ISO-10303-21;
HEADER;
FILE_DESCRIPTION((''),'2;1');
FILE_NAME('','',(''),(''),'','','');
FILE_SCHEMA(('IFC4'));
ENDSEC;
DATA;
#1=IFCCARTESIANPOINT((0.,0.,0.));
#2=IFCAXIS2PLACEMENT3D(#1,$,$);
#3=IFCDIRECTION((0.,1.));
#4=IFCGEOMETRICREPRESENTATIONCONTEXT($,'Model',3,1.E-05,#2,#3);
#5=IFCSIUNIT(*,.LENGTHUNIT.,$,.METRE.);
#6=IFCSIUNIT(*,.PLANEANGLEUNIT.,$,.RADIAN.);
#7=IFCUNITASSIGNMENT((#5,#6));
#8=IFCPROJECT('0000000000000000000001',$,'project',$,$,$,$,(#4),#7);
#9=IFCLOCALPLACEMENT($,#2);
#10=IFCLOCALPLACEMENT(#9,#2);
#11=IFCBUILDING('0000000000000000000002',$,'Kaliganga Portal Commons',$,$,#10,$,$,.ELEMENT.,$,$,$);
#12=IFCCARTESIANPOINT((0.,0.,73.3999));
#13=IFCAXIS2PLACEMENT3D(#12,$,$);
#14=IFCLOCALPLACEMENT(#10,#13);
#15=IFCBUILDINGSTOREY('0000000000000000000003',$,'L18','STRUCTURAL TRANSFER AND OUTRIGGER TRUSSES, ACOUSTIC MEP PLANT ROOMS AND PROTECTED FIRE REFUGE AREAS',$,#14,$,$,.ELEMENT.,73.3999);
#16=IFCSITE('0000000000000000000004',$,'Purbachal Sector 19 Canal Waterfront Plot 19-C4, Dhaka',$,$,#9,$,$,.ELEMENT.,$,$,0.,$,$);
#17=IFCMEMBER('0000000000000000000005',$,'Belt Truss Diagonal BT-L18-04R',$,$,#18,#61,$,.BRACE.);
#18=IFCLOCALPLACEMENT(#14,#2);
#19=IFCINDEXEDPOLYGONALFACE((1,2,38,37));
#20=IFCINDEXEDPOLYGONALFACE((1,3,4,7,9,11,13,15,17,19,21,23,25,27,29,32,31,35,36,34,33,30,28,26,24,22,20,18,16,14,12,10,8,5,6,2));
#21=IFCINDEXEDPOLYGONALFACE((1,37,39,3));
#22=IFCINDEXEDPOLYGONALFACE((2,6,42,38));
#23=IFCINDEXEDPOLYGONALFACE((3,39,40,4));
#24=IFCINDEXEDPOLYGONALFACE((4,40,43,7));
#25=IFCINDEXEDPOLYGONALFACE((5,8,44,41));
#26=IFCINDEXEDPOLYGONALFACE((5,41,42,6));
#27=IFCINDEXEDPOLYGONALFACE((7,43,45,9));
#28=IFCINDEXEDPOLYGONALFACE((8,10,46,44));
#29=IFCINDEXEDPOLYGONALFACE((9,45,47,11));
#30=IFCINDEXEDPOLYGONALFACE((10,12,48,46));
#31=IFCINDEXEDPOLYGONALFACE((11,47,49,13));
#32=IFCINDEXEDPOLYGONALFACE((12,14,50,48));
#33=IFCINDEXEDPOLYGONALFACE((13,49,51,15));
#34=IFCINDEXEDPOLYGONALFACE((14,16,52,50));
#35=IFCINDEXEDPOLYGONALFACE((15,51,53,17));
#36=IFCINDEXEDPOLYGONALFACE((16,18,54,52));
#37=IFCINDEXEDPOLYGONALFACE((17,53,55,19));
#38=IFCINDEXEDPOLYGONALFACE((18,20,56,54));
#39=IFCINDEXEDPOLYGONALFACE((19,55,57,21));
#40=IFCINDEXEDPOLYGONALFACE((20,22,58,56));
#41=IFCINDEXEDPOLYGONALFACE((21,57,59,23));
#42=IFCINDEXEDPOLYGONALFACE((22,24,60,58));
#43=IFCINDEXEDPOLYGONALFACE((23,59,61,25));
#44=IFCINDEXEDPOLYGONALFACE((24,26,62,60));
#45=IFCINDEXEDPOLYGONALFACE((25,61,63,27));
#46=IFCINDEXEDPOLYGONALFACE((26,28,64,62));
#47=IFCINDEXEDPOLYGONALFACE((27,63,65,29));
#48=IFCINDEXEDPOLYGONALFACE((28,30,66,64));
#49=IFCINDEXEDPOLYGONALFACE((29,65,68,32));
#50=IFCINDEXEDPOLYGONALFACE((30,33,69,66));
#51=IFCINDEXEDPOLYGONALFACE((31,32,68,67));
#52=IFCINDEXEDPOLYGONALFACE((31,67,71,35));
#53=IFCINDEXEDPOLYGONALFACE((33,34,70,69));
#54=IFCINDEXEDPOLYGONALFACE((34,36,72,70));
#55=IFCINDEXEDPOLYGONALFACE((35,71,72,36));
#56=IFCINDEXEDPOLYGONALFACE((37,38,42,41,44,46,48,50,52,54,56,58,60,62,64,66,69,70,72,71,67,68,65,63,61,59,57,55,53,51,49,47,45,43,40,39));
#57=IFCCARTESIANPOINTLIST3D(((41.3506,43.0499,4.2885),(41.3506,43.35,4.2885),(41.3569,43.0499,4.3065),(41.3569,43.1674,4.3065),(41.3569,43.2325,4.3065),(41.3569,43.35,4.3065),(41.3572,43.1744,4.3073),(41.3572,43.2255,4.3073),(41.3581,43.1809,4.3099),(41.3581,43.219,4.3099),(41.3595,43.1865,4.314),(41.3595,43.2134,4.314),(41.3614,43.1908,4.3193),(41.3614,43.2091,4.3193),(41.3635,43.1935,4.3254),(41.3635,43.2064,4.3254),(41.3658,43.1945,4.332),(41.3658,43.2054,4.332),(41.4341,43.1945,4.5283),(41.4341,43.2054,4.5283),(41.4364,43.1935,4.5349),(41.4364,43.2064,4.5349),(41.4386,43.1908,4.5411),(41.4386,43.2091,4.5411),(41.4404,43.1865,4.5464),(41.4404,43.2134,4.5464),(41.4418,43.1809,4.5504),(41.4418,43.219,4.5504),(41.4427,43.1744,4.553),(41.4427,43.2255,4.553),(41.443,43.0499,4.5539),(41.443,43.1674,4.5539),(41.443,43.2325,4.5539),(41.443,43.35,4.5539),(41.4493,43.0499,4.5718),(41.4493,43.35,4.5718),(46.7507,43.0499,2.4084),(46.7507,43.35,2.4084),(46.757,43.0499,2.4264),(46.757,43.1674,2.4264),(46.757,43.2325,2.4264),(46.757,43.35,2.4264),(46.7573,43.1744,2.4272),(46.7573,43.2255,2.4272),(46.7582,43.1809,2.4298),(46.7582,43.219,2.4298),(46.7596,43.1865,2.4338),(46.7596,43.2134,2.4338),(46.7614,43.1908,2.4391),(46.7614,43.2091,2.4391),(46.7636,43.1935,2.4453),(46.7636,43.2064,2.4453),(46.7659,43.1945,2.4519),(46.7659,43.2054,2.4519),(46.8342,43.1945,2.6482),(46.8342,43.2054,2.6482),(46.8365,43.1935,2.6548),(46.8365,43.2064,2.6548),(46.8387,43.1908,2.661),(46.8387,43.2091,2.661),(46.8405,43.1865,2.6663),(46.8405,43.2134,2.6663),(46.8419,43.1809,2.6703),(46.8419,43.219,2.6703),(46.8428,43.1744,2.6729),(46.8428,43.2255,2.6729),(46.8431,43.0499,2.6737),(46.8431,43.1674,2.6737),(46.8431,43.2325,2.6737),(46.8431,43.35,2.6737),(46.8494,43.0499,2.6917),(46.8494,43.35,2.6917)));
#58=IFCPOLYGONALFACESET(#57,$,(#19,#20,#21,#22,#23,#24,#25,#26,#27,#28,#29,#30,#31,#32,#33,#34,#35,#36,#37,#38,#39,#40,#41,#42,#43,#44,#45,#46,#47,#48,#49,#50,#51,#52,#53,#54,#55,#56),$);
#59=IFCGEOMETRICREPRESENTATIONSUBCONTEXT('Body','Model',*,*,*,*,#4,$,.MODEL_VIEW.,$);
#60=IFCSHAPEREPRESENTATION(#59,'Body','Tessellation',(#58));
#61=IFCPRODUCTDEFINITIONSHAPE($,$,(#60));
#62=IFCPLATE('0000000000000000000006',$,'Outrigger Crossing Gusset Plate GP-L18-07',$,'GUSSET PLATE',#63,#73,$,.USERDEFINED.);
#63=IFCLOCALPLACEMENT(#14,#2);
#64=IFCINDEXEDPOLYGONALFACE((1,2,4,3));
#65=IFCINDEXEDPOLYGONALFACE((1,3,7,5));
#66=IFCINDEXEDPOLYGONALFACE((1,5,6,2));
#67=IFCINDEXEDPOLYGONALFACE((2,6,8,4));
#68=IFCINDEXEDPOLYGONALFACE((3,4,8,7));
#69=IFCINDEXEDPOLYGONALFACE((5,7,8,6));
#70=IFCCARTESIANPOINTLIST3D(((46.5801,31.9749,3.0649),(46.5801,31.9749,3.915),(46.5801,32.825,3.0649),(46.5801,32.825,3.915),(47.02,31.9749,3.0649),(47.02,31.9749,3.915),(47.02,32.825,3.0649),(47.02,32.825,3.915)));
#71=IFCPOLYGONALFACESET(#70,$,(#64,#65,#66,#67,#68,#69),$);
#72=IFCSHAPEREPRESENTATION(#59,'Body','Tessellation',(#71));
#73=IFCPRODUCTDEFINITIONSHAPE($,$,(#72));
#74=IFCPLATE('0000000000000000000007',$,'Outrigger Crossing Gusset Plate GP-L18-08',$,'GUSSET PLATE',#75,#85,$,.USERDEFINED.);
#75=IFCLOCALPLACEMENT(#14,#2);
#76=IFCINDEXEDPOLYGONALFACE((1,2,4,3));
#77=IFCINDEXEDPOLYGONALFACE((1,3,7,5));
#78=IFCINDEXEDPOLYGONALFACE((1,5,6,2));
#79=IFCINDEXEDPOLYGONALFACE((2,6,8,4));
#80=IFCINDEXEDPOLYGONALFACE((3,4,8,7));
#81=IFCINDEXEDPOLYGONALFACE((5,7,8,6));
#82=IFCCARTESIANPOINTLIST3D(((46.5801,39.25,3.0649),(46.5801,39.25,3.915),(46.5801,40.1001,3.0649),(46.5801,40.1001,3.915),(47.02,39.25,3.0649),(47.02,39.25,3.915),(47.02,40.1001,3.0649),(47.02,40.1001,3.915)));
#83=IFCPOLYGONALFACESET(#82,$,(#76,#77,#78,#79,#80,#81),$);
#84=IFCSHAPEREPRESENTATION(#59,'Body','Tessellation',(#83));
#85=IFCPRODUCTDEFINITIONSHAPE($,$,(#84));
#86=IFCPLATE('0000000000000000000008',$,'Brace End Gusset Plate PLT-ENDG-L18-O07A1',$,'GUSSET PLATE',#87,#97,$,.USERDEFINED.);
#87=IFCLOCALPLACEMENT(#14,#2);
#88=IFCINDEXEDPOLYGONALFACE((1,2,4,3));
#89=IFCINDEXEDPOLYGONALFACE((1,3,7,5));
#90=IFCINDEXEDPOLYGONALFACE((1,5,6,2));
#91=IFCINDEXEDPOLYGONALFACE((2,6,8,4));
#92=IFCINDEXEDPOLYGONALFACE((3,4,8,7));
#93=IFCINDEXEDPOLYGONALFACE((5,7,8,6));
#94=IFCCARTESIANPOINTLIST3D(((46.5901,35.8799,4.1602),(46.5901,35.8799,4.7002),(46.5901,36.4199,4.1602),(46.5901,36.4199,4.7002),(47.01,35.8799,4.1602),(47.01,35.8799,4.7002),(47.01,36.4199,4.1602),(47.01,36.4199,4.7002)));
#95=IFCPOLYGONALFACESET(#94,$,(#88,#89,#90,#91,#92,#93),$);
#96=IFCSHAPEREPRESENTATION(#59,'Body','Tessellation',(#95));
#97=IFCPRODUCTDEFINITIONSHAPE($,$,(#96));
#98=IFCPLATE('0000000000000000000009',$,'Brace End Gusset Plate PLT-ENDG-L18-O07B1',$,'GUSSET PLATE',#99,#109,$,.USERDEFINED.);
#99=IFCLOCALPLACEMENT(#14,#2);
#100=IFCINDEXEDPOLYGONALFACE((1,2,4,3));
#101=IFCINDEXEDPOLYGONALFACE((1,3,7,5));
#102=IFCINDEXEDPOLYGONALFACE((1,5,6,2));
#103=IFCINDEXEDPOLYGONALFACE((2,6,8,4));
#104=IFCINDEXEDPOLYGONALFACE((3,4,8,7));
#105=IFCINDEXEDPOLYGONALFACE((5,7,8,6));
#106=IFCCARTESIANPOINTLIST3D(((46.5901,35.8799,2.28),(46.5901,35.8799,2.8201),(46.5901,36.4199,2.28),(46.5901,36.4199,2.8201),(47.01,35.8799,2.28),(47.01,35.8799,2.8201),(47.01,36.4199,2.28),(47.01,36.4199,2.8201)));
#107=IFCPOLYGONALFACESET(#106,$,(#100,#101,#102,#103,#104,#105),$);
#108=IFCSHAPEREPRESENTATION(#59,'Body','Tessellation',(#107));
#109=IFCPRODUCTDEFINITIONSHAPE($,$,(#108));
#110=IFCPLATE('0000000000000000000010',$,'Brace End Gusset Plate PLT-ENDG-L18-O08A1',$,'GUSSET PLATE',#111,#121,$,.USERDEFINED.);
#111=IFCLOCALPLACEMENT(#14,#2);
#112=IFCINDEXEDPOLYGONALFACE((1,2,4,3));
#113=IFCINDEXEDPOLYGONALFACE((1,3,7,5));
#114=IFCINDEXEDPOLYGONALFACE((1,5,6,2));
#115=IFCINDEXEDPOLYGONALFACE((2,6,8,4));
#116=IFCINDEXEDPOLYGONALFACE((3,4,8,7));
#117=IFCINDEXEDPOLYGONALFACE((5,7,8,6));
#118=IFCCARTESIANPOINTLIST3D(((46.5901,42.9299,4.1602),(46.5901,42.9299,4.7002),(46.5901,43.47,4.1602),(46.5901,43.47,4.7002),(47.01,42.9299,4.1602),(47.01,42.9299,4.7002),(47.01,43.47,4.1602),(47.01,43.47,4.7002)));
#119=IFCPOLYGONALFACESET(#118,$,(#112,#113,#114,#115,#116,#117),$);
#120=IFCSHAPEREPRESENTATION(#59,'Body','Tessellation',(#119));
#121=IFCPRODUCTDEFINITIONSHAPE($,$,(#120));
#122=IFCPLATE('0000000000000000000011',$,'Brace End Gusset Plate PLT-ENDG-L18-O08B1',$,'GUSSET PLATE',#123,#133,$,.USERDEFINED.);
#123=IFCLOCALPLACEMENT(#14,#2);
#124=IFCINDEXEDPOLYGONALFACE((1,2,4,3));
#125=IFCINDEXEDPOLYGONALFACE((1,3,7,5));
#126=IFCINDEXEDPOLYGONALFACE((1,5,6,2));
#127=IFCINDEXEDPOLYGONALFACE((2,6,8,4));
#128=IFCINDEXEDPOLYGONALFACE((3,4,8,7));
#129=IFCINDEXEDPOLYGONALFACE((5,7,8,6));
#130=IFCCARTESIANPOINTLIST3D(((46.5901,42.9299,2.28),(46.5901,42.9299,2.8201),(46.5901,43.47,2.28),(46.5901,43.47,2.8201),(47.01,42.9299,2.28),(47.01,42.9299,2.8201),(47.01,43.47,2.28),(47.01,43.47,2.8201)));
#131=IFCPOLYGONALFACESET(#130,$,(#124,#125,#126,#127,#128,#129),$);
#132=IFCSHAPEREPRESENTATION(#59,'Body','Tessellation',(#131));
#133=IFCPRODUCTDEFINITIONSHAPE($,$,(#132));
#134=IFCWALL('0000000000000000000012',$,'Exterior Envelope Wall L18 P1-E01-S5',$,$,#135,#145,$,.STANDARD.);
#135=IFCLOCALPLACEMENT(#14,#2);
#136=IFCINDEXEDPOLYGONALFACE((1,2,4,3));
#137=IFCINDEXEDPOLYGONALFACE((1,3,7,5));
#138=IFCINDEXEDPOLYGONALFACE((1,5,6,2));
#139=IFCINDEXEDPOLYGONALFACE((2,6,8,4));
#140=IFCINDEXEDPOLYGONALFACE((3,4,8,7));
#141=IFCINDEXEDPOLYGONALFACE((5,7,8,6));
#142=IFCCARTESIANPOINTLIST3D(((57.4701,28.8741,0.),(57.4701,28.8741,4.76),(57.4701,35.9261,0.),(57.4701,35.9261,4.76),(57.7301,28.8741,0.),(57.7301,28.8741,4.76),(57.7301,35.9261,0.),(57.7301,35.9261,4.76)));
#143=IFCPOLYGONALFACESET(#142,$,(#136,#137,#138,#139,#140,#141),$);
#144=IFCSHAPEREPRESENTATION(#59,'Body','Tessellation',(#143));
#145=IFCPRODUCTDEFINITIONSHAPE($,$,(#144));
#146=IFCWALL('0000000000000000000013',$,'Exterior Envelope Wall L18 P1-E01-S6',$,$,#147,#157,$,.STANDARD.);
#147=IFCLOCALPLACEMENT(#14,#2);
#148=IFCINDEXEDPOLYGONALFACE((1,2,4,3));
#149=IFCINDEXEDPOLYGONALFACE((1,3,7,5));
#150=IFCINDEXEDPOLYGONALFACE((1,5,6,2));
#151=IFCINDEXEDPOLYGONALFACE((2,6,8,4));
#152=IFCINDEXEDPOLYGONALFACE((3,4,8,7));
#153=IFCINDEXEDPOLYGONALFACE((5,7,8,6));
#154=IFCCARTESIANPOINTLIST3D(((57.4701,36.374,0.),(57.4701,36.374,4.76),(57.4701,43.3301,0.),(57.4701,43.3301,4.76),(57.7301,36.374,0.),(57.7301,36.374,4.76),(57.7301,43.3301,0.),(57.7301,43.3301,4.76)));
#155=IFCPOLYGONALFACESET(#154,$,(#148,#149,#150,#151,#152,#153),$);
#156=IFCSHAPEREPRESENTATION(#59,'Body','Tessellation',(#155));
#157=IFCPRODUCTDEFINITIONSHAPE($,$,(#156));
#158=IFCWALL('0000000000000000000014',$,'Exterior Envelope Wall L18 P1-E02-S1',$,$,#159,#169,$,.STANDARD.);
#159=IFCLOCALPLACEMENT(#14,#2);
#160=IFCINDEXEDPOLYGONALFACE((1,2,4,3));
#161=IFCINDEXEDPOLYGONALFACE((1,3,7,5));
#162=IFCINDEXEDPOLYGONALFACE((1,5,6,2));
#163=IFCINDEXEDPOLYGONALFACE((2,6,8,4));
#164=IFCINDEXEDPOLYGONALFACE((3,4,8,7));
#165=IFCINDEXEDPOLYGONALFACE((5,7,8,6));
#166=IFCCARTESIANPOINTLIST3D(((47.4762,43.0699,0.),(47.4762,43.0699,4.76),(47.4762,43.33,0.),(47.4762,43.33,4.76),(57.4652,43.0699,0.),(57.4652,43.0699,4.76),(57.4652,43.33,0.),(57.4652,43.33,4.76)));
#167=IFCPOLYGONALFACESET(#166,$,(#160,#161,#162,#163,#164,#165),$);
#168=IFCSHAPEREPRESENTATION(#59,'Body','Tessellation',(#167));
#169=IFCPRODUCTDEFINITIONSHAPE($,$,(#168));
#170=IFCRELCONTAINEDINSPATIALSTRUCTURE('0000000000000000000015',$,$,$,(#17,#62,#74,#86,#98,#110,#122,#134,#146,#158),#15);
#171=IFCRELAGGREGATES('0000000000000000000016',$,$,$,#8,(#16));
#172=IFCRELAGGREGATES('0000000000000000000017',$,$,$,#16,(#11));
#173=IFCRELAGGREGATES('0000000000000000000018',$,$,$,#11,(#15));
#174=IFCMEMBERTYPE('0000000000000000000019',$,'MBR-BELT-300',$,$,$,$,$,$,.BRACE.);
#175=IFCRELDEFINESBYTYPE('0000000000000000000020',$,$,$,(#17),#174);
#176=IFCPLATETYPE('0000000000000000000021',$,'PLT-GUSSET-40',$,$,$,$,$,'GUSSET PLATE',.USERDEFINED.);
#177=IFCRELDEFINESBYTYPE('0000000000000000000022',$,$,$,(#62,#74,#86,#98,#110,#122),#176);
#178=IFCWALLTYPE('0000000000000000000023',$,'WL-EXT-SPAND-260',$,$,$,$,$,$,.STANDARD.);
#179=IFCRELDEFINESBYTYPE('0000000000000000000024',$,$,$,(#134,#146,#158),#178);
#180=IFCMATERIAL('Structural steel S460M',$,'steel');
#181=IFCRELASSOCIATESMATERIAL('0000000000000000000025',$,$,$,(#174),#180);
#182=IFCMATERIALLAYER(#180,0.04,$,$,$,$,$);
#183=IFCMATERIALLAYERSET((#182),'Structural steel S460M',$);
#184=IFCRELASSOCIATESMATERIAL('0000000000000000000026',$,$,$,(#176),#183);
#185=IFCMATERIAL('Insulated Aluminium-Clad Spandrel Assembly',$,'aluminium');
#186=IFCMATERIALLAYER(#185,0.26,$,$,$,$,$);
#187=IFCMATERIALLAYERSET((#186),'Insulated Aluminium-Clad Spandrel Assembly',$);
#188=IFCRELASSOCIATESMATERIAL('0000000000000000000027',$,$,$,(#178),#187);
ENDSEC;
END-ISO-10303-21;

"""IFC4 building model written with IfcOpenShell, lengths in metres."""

from ifc_helpers import new_model, si_unit, direction, frame, frame_2d, origin, origin_2d, place, context, subcontext, project, spatial, rectangle, i_section, extrude, source, transform, mapped, material, layer, layer_set, material_profile, profile_set, type_object, element, save


model = new_model("IFC4")

# Units and contexts
model_context = context("Model", 3, precision=1e-05, world=origin(), true_north=direction((0.0, 1.0)))
body_context = subcontext(model_context, "Body", "Model", "MODEL_VIEW")
ifc_project = project(units=[si_unit("LENGTHUNIT", "METRE"), si_unit("PLANEANGLEUNIT", "RADIAN")], contexts=[model_context])

# Site, building, storey
site_placement = place(None, origin())
site = spatial("IfcSite", under=ifc_project, at=site_placement, Name="Purbachal Sector 19 Canal Waterfront Plot 19-C4, Dhaka", CompositionType="ELEMENT", RefElevation=0.0)
building_placement = place(site_placement, origin())
building = spatial("IfcBuilding", under=site, at=building_placement, Name="Kaliganga Portal Commons", CompositionType="ELEMENT")
storey_placement = place(building_placement, frame((0.0, 0.0, 73.3999)))
storey = spatial("IfcBuildingStorey", under=building, at=storey_placement, Name="L18", Description="STRUCTURAL TRANSFER AND OUTRIGGER TRUSSES, ACOUSTIC MEP PLANT ROOMS AND PROTECTED FIRE REFUGE AREAS", CompositionType="ELEMENT", Elevation=73.3999)

# Shared definitions
ifc_material_1 = material(Name="Structural steel S460M", Category="steel")

# Member
ifc_material_profile_1 = material_profile(ifc_material_1, i_section(OverallWidth=0.3, OverallDepth=0.3, WebThickness=0.011, FlangeThickness=0.019, FilletRadius=0.0271, at=origin_2d()), Name="HE 300 B")
ifc_profile_set_1 = profile_set([ifc_material_profile_1], Name="Structural steel S460M wide-flange")
member_type_1 = type_object("IfcMemberType", Name="MBR-BELT-300", PredefinedType="BRACE", material=ifc_profile_set_1)
shared_shape_1 = source(origin(), body_context, "Body", "SweptSolid", [
    extrude(i_section(OverallWidth=0.3, OverallDepth=0.3, WebThickness=0.011, FlangeThickness=0.019, FilletRadius=0.0271, at=origin_2d()), origin(), (0.0, 0.0, 1.0), 5.718),
])
member_1_placement = place(storey_placement, frame((46.8, 43.2, 2.55), z_axis=(-0.944398, 0.0, 0.328804), x_axis=(0.0, -1.0, 0.0)))
element("IfcMember", 1, at=member_1_placement, inside=storey, type_object=member_type_1, Name="Belt Truss Diagonal BT-L18-04R", PredefinedType="BRACE", context=body_context, shape_type="MappedRepresentation", body=[
    mapped(shared_shape_1, transform((0.0, 0.0, 0.0), x_axis=(1.0, 0.0, 0.0), y_axis=(0.0, 1.0, 0.0), z_axis=(0.0, 0.0, 1.0), scale=1.0)),
])

# Plates
ifc_layer_1 = layer(ifc_material_1, 0.04)
ifc_layer_set_1 = layer_set([ifc_layer_1], Name="Structural steel S460M")
plate_type = type_object("IfcPlateType", Name="PLT-GUSSET-40", ElementType="GUSSET PLATE", PredefinedType="USERDEFINED", material=ifc_layer_set_1)
shared_shape_2 = source(origin(), body_context, "Body", "SweptSolid", [
    extrude(rectangle(XDim=0.8501, YDim=0.4399, at=origin_2d()), origin(), (0.0, 0.0, 1.0), 0.8501),
])
for number, where, z_axis, x_axis, name in (
    (2, (46.8, 32.3999, 3.0649), (0.0, 0.0, 1.0), (0.0, 1.0, 0.0), "Outrigger Crossing Gusset Plate GP-L18-07"),
    (3, (46.8, 39.675, 3.0649), (0.0, 0.0, 1.0), (0.0, 1.0, 0.0), "Outrigger Crossing Gusset Plate GP-L18-08"),
):
    element("IfcPlate", number, at=place(storey_placement, frame(where, z_axis=z_axis, x_axis=x_axis)), inside=storey, type_object=plate_type, Name=name, ObjectType="GUSSET PLATE", PredefinedType="USERDEFINED", context=body_context, shape_type="MappedRepresentation", body=[
        mapped(shared_shape_2, transform((0.0, 0.0, 0.0), x_axis=(1.0, 0.0, 0.0), y_axis=(0.0, 1.0, 0.0), z_axis=(0.0, 0.0, 1.0), scale=1.0)),
    ])
shared_shape_3 = source(origin(), body_context, "Body", "SweptSolid", [
    extrude(rectangle(XDim=0.54, YDim=0.4199, at=origin_2d()), origin(), (0.0, 0.0, 1.0), 0.54),
])
for number, where, z_axis, x_axis, name in (
    (4, (46.8, 36.1499, 4.1602), (0.0, 0.0, 1.0), (0.0, 1.0, 0.0), "Brace End Gusset Plate PLT-ENDG-L18-O07A1"),
    (5, (46.8, 36.1499, 2.28), (0.0, 0.0, 1.0), (0.0, 1.0, 0.0), "Brace End Gusset Plate PLT-ENDG-L18-O07B1"),
    (6, (46.8, 43.2, 4.1602), (0.0, 0.0, 1.0), (0.0, 1.0, 0.0), "Brace End Gusset Plate PLT-ENDG-L18-O08A1"),
    (7, (46.8, 43.2, 2.28), (0.0, 0.0, 1.0), (0.0, 1.0, 0.0), "Brace End Gusset Plate PLT-ENDG-L18-O08B1"),
):
    element("IfcPlate", number, at=place(storey_placement, frame(where, z_axis=z_axis, x_axis=x_axis)), inside=storey, type_object=plate_type, Name=name, ObjectType="GUSSET PLATE", PredefinedType="USERDEFINED", context=body_context, shape_type="MappedRepresentation", body=[
        mapped(shared_shape_3, transform((0.0, 0.0, 0.0), x_axis=(1.0, 0.0, 0.0), y_axis=(0.0, 1.0, 0.0), z_axis=(0.0, 0.0, 1.0), scale=1.0)),
    ])

# Walls
ifc_material_2 = material(Name="Insulated Aluminium-Clad Spandrel Assembly", Category="aluminium")
ifc_layer_2 = layer(ifc_material_2, 0.26)
ifc_layer_set_2 = layer_set([ifc_layer_2], Name="Insulated Aluminium-Clad Spandrel Assembly")
wall_type = type_object("IfcWallType", Name="WL-EXT-SPAND-260", PredefinedType="STANDARD", material=ifc_layer_set_2)
wall_1_placement = place(storey_placement, frame((57.6001, 35.926, 0.0), z_axis=(0.0, 0.0, 1.0), x_axis=(0.0, -1.0, 0.0)))
element("IfcWall", 8, at=wall_1_placement, inside=storey, type_object=wall_type, Name="Exterior Envelope Wall L18 P1-E01-S5", PredefinedType="STANDARD", context=body_context, shape_type="SweptSolid", body=[
    extrude(rectangle(XDim=7.052, YDim=0.26, at=frame_2d((3.5259, 0.0))), origin(), (0.0, 0.0, 1.0), 4.76),
])
wall_2_placement = place(storey_placement, frame((57.6001, 43.3301, 0.0), z_axis=(0.0, 0.0, 1.0), x_axis=(0.0, -1.0, 0.0)))
element("IfcWall", 9, at=wall_2_placement, inside=storey, type_object=wall_type, Name="Exterior Envelope Wall L18 P1-E01-S6", PredefinedType="STANDARD", context=body_context, shape_type="SweptSolid", body=[
    extrude(rectangle(XDim=6.9561, YDim=0.26, at=frame_2d((3.478, 0.0))), origin(), (0.0, 0.0, 1.0), 4.76),
])
wall_3_placement = place(storey_placement, frame((47.4761, 43.2, 0.0), z_axis=(0.0, 0.0, 1.0), x_axis=(1.0, 0.0, 0.0)))
element("IfcWall", 10, at=wall_3_placement, inside=storey, type_object=wall_type, Name="Exterior Envelope Wall L18 P1-E02-S1", PredefinedType="STANDARD", context=body_context, shape_type="SweptSolid", body=[
    extrude(rectangle(XDim=9.989, YDim=0.26, at=frame_2d((4.9946, 0.0))), origin(), (0.0, 0.0, 1.0), 4.76),
])

save(model, "model.ifc")
